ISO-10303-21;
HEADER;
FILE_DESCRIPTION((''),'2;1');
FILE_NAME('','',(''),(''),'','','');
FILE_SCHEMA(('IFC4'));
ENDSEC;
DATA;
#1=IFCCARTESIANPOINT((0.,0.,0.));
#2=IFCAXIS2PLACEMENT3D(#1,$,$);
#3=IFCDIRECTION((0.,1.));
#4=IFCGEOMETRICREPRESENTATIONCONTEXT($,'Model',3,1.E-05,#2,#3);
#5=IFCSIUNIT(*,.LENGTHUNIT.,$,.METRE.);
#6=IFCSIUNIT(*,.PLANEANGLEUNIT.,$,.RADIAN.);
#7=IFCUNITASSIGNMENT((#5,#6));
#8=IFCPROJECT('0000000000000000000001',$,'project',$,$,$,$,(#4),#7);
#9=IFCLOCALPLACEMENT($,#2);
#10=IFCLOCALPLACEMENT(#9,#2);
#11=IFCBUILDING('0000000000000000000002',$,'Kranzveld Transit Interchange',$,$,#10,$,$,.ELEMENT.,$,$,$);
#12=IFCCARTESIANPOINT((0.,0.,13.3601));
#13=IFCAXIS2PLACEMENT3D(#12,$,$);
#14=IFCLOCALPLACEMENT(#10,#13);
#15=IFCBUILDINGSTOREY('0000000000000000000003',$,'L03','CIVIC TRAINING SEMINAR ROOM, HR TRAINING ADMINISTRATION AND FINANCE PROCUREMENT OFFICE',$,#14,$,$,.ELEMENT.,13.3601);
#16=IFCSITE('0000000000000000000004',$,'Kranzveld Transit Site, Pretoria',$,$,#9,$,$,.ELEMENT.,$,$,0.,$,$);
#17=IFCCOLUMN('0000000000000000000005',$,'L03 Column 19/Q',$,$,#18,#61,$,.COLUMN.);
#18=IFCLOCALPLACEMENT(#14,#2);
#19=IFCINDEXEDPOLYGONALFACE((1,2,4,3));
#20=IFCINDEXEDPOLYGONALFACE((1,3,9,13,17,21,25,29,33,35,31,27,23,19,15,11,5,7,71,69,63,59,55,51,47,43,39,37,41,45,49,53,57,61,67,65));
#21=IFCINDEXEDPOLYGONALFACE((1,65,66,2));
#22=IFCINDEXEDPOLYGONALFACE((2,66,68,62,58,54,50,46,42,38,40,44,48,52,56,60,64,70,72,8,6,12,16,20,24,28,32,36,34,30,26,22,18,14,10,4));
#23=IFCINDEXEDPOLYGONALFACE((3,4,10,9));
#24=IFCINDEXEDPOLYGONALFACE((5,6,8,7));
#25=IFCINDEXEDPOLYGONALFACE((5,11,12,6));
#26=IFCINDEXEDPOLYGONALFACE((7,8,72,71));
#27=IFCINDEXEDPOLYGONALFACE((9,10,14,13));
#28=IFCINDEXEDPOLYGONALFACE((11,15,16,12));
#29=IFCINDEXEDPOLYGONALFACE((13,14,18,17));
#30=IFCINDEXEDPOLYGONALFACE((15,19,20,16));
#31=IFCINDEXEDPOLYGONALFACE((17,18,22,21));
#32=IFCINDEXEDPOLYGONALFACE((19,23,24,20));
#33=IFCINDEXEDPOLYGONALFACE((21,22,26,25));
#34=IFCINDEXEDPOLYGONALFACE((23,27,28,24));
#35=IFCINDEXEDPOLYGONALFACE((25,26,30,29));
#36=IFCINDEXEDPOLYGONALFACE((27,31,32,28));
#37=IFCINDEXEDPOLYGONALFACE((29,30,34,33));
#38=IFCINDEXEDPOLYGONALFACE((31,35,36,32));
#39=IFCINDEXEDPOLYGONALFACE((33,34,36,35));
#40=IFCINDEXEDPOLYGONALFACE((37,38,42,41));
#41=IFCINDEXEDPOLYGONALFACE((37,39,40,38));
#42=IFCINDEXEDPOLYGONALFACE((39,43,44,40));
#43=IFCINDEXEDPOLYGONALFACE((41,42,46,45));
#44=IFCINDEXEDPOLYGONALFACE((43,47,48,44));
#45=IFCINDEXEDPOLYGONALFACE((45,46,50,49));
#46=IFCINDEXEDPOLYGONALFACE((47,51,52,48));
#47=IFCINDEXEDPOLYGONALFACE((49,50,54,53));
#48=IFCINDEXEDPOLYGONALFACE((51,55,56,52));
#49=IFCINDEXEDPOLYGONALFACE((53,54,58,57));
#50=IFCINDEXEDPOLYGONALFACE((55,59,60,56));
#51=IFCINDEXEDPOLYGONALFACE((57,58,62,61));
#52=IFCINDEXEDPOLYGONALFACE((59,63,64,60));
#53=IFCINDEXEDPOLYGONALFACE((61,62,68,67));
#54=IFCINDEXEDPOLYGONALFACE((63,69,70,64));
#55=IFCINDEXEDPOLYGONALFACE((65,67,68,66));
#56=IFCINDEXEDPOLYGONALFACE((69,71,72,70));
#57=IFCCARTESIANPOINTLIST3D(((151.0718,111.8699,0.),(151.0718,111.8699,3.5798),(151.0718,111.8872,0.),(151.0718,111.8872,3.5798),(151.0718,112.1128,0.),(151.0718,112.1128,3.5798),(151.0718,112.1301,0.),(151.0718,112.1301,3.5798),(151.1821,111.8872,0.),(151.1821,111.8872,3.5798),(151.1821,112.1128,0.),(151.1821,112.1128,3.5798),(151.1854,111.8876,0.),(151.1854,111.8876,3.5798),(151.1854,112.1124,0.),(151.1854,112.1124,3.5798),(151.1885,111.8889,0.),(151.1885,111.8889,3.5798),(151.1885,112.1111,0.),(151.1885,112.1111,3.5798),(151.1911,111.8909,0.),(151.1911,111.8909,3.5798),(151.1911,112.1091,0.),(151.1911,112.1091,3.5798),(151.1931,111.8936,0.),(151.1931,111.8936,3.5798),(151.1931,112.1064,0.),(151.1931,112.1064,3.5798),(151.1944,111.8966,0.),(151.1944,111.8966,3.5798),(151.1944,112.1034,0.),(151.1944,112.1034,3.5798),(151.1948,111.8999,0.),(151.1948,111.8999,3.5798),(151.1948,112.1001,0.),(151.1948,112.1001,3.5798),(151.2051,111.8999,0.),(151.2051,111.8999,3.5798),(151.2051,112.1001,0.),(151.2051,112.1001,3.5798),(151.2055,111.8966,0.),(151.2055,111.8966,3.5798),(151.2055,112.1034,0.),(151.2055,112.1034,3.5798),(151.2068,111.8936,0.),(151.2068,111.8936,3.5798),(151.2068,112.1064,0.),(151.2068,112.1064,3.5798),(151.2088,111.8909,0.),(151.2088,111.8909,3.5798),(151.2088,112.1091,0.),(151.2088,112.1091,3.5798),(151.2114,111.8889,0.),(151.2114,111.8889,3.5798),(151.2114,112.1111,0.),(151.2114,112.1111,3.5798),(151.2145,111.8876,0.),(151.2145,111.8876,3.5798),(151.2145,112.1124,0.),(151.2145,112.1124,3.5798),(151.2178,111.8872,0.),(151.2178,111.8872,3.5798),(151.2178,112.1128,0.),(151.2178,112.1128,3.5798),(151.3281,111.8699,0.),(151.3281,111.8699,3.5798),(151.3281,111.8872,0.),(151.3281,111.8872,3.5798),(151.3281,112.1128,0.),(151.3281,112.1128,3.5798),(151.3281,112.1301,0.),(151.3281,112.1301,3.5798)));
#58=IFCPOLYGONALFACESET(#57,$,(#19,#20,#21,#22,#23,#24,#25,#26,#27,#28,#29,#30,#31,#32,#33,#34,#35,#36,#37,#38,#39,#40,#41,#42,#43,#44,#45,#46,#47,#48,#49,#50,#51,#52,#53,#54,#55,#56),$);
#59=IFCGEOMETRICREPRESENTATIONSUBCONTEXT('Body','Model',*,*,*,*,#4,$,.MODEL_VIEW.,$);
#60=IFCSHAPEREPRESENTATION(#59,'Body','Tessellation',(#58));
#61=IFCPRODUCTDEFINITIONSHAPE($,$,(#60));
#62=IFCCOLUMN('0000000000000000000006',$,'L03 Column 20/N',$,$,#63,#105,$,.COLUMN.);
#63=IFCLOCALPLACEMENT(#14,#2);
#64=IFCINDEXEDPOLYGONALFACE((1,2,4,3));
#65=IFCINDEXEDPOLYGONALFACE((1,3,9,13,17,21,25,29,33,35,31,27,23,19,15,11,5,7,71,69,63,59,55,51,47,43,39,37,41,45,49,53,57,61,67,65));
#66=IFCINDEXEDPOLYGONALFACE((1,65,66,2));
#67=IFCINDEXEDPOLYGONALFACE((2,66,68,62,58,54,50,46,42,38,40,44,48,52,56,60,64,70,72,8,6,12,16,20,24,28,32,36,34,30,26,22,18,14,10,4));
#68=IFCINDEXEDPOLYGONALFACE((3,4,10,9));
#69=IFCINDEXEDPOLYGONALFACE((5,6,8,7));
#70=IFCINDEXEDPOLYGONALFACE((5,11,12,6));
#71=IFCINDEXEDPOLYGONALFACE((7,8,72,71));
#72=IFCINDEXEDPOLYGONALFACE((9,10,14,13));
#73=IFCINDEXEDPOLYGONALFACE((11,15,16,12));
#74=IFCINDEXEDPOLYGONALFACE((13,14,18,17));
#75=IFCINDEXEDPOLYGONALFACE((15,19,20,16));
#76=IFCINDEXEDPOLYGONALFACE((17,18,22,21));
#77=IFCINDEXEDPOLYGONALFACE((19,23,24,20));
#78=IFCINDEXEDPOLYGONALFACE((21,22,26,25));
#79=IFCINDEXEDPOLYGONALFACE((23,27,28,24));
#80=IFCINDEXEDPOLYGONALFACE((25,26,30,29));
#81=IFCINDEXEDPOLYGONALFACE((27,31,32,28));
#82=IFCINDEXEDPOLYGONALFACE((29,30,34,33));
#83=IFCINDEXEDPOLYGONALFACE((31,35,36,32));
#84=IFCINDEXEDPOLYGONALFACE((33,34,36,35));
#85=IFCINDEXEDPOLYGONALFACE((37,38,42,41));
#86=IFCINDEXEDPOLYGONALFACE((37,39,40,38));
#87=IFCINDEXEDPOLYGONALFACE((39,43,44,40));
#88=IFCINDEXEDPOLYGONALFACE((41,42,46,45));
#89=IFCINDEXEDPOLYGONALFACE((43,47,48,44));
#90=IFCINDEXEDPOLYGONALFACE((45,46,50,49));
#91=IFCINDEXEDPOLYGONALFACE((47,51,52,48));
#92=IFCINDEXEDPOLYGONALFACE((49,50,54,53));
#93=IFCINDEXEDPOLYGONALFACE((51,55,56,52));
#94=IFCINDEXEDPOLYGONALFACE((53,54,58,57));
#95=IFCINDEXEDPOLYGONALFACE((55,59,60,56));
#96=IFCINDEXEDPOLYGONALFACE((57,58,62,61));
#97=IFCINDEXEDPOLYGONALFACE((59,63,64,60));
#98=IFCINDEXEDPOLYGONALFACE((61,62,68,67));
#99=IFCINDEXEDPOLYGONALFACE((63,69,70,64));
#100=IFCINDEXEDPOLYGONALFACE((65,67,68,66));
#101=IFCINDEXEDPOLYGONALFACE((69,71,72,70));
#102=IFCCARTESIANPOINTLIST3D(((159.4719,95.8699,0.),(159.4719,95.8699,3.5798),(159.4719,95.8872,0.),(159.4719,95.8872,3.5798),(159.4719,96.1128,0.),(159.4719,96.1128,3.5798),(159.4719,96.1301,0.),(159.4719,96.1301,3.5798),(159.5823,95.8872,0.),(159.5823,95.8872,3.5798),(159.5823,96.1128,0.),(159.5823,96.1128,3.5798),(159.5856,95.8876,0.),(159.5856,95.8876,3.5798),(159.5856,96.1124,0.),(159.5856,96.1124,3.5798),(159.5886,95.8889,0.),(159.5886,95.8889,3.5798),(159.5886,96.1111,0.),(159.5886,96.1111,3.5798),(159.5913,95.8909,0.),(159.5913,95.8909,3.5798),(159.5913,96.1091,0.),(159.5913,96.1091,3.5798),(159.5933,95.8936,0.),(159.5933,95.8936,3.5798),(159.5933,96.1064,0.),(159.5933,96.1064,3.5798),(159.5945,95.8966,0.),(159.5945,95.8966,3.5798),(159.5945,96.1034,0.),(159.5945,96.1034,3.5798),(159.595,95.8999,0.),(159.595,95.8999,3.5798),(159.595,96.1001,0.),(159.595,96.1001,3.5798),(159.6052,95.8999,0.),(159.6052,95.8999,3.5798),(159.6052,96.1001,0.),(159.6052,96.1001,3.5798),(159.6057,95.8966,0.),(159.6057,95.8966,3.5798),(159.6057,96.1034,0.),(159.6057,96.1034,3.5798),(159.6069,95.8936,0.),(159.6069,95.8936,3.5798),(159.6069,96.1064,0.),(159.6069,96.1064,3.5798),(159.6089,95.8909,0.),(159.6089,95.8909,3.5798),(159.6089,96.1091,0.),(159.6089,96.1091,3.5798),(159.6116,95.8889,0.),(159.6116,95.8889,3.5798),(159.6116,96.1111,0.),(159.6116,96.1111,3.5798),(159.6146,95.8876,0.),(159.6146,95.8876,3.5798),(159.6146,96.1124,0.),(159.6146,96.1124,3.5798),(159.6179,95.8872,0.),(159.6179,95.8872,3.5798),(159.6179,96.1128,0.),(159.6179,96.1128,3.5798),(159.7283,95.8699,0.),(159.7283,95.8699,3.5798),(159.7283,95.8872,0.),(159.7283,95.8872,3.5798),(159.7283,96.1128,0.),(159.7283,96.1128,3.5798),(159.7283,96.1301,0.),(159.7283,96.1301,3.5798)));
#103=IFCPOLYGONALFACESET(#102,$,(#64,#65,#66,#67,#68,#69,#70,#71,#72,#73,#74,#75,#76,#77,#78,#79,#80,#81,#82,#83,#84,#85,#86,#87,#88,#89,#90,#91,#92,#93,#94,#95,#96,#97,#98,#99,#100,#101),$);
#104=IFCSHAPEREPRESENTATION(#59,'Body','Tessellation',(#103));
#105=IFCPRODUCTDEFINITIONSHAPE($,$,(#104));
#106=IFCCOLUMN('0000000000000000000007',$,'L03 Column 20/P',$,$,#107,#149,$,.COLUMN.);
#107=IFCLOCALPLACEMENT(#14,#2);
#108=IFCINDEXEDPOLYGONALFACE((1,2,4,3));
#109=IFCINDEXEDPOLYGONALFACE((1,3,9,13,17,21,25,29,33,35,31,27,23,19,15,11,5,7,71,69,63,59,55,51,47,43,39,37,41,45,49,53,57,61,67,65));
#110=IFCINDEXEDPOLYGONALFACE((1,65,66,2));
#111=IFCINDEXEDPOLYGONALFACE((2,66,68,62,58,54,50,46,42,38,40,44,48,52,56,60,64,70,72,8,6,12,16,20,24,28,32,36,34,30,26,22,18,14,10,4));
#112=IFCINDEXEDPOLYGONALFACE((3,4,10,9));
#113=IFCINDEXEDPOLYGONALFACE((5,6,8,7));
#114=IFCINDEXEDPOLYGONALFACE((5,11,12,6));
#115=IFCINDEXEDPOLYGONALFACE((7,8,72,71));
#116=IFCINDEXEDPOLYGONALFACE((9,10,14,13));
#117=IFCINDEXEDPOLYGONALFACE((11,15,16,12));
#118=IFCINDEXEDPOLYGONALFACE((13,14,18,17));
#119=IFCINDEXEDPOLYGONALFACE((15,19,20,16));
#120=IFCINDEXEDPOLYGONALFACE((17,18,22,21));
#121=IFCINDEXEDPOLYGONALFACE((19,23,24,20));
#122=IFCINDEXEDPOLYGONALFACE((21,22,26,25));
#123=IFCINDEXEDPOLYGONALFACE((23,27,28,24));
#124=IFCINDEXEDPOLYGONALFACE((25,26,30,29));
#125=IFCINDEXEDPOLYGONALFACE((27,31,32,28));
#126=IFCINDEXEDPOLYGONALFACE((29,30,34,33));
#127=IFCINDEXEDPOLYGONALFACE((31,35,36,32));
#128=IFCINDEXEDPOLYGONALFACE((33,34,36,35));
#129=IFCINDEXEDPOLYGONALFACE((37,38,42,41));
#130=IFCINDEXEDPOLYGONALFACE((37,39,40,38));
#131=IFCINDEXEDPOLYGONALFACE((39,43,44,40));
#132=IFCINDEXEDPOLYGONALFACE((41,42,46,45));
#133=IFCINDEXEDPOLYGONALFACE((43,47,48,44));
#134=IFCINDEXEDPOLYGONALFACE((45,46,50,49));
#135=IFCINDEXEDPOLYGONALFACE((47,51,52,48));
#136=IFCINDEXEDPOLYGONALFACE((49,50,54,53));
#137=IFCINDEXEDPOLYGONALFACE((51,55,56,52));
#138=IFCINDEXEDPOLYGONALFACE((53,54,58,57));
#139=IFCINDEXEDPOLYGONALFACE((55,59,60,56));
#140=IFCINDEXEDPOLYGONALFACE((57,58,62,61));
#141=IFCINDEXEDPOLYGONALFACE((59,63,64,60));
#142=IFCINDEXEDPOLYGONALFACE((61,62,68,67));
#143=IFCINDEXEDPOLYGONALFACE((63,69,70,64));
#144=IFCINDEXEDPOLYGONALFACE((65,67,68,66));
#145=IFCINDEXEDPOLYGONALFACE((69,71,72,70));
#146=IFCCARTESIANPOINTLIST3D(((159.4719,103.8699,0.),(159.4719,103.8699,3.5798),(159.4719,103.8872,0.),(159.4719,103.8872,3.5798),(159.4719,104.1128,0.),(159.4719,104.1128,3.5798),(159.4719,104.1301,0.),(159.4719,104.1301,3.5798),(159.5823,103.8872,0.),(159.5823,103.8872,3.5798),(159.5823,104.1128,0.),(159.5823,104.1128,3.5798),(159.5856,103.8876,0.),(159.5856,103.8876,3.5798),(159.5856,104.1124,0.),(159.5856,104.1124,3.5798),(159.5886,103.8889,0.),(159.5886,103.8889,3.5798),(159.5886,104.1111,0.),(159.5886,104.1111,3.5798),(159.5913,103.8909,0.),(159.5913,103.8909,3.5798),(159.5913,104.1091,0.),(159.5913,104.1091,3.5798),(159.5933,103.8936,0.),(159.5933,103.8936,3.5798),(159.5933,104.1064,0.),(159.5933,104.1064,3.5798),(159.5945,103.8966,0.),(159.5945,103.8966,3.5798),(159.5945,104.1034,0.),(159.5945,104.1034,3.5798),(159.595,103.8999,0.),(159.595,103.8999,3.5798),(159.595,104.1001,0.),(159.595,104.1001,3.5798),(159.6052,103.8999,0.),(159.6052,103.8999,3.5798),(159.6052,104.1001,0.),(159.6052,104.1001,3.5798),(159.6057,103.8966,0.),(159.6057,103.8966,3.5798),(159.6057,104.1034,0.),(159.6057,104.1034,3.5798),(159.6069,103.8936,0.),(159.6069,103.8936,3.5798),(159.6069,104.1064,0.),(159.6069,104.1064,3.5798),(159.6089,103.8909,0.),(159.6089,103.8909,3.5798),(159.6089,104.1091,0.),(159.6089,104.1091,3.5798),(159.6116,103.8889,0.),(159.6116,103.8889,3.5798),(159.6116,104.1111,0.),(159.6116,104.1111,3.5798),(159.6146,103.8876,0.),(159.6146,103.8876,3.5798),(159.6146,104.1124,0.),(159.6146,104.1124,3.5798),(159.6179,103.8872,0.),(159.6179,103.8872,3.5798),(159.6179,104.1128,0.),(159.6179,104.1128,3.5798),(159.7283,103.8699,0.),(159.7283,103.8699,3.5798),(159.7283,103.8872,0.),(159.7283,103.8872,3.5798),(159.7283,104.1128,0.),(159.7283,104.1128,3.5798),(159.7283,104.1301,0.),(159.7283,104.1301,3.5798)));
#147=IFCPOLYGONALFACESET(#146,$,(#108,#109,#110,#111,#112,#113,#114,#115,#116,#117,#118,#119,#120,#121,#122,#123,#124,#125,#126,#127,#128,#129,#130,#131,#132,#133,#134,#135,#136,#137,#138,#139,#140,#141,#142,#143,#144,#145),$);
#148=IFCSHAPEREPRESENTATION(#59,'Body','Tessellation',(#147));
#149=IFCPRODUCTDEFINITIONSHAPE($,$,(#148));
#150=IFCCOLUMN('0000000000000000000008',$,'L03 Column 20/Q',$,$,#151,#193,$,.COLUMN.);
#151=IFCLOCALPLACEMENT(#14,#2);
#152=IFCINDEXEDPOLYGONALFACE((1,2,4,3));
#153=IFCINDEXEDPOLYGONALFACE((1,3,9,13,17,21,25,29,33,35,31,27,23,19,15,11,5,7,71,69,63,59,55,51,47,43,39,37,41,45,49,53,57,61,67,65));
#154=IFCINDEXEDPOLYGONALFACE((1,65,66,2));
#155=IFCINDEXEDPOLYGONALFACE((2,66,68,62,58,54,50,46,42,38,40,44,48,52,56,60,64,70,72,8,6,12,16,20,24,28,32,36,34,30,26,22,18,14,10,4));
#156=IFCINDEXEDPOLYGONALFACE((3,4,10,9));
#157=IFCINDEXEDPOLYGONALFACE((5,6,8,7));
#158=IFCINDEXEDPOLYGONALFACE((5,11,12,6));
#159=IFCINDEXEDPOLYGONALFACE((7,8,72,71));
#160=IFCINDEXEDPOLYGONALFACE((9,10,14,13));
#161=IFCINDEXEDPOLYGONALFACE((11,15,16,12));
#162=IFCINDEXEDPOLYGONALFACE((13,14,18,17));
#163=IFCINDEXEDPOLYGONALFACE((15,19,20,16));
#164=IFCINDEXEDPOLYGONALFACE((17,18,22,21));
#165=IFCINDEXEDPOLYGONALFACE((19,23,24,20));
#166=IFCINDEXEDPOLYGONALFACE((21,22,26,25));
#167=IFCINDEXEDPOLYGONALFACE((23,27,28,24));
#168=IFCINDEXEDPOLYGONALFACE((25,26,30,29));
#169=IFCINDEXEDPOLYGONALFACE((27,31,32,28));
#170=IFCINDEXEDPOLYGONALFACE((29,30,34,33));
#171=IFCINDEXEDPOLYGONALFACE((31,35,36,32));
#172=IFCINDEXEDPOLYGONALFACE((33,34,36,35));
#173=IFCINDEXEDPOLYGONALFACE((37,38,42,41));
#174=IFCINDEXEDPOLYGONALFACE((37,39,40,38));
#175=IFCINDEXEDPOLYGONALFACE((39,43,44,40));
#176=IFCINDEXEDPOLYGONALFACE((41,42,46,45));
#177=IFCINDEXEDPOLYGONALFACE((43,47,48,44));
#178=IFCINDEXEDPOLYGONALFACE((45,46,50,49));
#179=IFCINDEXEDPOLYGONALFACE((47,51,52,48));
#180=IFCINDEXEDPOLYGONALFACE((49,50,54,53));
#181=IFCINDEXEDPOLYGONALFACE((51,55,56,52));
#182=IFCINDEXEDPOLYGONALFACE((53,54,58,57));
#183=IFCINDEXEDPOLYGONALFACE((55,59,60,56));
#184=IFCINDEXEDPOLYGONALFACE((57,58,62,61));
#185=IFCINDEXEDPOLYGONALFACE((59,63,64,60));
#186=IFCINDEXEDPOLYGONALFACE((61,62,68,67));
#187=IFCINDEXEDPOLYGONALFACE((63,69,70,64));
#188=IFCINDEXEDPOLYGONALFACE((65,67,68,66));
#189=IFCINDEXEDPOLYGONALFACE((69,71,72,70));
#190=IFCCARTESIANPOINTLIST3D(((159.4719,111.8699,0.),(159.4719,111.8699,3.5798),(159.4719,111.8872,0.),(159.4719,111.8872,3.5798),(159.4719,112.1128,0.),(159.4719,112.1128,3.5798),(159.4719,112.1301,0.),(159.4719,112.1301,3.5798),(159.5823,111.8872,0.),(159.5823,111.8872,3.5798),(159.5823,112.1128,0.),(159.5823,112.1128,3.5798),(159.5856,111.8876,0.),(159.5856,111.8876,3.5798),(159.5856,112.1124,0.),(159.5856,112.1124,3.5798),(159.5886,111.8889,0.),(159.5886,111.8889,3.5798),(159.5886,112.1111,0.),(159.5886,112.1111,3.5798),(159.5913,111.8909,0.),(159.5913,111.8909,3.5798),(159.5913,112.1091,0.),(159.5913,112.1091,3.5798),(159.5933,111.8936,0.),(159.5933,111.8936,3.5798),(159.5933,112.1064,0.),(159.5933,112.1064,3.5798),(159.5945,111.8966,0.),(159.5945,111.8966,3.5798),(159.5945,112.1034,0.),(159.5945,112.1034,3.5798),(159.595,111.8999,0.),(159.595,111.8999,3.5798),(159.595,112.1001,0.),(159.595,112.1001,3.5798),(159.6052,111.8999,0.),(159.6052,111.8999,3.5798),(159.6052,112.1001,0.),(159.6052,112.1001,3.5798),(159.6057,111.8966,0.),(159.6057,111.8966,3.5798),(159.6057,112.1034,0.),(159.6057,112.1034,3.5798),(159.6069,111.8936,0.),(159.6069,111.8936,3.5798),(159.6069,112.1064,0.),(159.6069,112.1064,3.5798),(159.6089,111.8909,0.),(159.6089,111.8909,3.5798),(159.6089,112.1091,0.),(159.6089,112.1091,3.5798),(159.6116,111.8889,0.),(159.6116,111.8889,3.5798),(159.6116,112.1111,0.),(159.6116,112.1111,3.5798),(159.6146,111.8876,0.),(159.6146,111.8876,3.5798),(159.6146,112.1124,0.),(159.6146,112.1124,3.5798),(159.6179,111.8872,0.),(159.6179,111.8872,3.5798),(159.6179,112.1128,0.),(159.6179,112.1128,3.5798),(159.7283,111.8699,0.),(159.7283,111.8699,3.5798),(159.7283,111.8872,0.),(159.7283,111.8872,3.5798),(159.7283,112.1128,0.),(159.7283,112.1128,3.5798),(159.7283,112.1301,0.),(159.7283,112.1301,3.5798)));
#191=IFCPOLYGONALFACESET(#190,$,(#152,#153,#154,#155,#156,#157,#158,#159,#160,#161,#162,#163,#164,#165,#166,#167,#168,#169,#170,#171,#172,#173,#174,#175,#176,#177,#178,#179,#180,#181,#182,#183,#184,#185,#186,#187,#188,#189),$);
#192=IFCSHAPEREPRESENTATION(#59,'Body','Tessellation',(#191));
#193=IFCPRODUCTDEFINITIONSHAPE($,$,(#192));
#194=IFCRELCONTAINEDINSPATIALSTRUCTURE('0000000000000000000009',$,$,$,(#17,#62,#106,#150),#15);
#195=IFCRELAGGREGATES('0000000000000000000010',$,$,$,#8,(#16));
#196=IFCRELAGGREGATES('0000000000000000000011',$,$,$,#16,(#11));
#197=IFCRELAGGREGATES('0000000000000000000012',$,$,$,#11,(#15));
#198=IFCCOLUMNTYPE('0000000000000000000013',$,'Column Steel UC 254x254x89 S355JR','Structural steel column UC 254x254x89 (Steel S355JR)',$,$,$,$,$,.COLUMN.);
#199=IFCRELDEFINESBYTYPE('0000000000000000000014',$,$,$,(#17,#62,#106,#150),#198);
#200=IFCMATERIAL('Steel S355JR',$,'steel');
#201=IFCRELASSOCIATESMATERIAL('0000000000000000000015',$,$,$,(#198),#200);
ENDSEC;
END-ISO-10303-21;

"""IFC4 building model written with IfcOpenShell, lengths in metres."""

from ifc_helpers import new_model, si_unit, direction, frame, origin, origin_2d, place, context, subcontext, project, spatial, i_section, extrude, material, material_profile, profile_set, type_object, element, save


model = new_model("IFC4")

# Units and contexts
model_context = context("Model", 3, precision=1e-05, world=origin(), true_north=direction((0.0, 1.0)))
body_context = subcontext(model_context, "Body", "Model", "MODEL_VIEW")
ifc_project = project(units=[si_unit("LENGTHUNIT", "METRE"), si_unit("PLANEANGLEUNIT", "RADIAN")], contexts=[model_context])

# Site, building, storey
site_placement = place(None, origin())
site = spatial("IfcSite", under=ifc_project, at=site_placement, Name="Kranzveld Transit Site, Pretoria", CompositionType="ELEMENT", RefElevation=0.0)
building_placement = place(site_placement, origin())
building = spatial("IfcBuilding", under=site, at=building_placement, Name="Kranzveld Transit Interchange", CompositionType="ELEMENT")
storey_placement = place(building_placement, frame((0.0, 0.0, 13.3601)))
storey = spatial("IfcBuildingStorey", under=building, at=storey_placement, Name="L03", Description="CIVIC TRAINING SEMINAR ROOM, HR TRAINING ADMINISTRATION AND FINANCE PROCUREMENT OFFICE", CompositionType="ELEMENT", Elevation=13.3601)

# Columns
ifc_material_1 = material(Name="Steel S355JR", Category="steel")
ifc_material_profile_1 = material_profile(ifc_material_1, i_section(OverallWidth=0.2563, OverallDepth=0.2603, WebThickness=0.0103, FlangeThickness=0.0173, FilletRadius=0.0127, at=origin_2d()), Name="UC 254x254x89")
ifc_profile_set_1 = profile_set([ifc_material_profile_1], Name="Steel S355JR")
column_type = type_object("IfcColumnType", Name="Column Steel UC 254x254x89 S355JR", Description="Structural steel column UC 254x254x89 (Steel S355JR)", PredefinedType="COLUMN", material=ifc_profile_set_1)
for number, where, z_axis, x_axis, name in (
    (1, (151.2, 112.0, 0.0), (0.0, 0.0, 1.0), (1.0, 0.0, 0.0), "L03 Column 19/Q"),
    (2, (159.6001, 96.0, 0.0), (0.0, 0.0, 1.0), (1.0, 0.0, 0.0), "L03 Column 20/N"),
    (3, (159.6001, 104.0, 0.0), (0.0, 0.0, 1.0), (1.0, 0.0, 0.0), "L03 Column 20/P"),
    (4, (159.6001, 112.0, 0.0), (0.0, 0.0, 1.0), (1.0, 0.0, 0.0), "L03 Column 20/Q"),
):
    element("IfcColumn", number, at=place(storey_placement, frame(where, z_axis=z_axis, x_axis=x_axis)), inside=storey, type_object=column_type, Name=name, PredefinedType="COLUMN", context=body_context, shape_type="SweptSolid", body=[
        extrude(i_section(OverallWidth=0.2563, OverallDepth=0.2603, WebThickness=0.0103, FlangeThickness=0.0173, FilletRadius=0.0127, at=origin_2d()), origin(), (0.0, 0.0, 1.0), 3.5798),
    ])

save(model, "model.ifc")
